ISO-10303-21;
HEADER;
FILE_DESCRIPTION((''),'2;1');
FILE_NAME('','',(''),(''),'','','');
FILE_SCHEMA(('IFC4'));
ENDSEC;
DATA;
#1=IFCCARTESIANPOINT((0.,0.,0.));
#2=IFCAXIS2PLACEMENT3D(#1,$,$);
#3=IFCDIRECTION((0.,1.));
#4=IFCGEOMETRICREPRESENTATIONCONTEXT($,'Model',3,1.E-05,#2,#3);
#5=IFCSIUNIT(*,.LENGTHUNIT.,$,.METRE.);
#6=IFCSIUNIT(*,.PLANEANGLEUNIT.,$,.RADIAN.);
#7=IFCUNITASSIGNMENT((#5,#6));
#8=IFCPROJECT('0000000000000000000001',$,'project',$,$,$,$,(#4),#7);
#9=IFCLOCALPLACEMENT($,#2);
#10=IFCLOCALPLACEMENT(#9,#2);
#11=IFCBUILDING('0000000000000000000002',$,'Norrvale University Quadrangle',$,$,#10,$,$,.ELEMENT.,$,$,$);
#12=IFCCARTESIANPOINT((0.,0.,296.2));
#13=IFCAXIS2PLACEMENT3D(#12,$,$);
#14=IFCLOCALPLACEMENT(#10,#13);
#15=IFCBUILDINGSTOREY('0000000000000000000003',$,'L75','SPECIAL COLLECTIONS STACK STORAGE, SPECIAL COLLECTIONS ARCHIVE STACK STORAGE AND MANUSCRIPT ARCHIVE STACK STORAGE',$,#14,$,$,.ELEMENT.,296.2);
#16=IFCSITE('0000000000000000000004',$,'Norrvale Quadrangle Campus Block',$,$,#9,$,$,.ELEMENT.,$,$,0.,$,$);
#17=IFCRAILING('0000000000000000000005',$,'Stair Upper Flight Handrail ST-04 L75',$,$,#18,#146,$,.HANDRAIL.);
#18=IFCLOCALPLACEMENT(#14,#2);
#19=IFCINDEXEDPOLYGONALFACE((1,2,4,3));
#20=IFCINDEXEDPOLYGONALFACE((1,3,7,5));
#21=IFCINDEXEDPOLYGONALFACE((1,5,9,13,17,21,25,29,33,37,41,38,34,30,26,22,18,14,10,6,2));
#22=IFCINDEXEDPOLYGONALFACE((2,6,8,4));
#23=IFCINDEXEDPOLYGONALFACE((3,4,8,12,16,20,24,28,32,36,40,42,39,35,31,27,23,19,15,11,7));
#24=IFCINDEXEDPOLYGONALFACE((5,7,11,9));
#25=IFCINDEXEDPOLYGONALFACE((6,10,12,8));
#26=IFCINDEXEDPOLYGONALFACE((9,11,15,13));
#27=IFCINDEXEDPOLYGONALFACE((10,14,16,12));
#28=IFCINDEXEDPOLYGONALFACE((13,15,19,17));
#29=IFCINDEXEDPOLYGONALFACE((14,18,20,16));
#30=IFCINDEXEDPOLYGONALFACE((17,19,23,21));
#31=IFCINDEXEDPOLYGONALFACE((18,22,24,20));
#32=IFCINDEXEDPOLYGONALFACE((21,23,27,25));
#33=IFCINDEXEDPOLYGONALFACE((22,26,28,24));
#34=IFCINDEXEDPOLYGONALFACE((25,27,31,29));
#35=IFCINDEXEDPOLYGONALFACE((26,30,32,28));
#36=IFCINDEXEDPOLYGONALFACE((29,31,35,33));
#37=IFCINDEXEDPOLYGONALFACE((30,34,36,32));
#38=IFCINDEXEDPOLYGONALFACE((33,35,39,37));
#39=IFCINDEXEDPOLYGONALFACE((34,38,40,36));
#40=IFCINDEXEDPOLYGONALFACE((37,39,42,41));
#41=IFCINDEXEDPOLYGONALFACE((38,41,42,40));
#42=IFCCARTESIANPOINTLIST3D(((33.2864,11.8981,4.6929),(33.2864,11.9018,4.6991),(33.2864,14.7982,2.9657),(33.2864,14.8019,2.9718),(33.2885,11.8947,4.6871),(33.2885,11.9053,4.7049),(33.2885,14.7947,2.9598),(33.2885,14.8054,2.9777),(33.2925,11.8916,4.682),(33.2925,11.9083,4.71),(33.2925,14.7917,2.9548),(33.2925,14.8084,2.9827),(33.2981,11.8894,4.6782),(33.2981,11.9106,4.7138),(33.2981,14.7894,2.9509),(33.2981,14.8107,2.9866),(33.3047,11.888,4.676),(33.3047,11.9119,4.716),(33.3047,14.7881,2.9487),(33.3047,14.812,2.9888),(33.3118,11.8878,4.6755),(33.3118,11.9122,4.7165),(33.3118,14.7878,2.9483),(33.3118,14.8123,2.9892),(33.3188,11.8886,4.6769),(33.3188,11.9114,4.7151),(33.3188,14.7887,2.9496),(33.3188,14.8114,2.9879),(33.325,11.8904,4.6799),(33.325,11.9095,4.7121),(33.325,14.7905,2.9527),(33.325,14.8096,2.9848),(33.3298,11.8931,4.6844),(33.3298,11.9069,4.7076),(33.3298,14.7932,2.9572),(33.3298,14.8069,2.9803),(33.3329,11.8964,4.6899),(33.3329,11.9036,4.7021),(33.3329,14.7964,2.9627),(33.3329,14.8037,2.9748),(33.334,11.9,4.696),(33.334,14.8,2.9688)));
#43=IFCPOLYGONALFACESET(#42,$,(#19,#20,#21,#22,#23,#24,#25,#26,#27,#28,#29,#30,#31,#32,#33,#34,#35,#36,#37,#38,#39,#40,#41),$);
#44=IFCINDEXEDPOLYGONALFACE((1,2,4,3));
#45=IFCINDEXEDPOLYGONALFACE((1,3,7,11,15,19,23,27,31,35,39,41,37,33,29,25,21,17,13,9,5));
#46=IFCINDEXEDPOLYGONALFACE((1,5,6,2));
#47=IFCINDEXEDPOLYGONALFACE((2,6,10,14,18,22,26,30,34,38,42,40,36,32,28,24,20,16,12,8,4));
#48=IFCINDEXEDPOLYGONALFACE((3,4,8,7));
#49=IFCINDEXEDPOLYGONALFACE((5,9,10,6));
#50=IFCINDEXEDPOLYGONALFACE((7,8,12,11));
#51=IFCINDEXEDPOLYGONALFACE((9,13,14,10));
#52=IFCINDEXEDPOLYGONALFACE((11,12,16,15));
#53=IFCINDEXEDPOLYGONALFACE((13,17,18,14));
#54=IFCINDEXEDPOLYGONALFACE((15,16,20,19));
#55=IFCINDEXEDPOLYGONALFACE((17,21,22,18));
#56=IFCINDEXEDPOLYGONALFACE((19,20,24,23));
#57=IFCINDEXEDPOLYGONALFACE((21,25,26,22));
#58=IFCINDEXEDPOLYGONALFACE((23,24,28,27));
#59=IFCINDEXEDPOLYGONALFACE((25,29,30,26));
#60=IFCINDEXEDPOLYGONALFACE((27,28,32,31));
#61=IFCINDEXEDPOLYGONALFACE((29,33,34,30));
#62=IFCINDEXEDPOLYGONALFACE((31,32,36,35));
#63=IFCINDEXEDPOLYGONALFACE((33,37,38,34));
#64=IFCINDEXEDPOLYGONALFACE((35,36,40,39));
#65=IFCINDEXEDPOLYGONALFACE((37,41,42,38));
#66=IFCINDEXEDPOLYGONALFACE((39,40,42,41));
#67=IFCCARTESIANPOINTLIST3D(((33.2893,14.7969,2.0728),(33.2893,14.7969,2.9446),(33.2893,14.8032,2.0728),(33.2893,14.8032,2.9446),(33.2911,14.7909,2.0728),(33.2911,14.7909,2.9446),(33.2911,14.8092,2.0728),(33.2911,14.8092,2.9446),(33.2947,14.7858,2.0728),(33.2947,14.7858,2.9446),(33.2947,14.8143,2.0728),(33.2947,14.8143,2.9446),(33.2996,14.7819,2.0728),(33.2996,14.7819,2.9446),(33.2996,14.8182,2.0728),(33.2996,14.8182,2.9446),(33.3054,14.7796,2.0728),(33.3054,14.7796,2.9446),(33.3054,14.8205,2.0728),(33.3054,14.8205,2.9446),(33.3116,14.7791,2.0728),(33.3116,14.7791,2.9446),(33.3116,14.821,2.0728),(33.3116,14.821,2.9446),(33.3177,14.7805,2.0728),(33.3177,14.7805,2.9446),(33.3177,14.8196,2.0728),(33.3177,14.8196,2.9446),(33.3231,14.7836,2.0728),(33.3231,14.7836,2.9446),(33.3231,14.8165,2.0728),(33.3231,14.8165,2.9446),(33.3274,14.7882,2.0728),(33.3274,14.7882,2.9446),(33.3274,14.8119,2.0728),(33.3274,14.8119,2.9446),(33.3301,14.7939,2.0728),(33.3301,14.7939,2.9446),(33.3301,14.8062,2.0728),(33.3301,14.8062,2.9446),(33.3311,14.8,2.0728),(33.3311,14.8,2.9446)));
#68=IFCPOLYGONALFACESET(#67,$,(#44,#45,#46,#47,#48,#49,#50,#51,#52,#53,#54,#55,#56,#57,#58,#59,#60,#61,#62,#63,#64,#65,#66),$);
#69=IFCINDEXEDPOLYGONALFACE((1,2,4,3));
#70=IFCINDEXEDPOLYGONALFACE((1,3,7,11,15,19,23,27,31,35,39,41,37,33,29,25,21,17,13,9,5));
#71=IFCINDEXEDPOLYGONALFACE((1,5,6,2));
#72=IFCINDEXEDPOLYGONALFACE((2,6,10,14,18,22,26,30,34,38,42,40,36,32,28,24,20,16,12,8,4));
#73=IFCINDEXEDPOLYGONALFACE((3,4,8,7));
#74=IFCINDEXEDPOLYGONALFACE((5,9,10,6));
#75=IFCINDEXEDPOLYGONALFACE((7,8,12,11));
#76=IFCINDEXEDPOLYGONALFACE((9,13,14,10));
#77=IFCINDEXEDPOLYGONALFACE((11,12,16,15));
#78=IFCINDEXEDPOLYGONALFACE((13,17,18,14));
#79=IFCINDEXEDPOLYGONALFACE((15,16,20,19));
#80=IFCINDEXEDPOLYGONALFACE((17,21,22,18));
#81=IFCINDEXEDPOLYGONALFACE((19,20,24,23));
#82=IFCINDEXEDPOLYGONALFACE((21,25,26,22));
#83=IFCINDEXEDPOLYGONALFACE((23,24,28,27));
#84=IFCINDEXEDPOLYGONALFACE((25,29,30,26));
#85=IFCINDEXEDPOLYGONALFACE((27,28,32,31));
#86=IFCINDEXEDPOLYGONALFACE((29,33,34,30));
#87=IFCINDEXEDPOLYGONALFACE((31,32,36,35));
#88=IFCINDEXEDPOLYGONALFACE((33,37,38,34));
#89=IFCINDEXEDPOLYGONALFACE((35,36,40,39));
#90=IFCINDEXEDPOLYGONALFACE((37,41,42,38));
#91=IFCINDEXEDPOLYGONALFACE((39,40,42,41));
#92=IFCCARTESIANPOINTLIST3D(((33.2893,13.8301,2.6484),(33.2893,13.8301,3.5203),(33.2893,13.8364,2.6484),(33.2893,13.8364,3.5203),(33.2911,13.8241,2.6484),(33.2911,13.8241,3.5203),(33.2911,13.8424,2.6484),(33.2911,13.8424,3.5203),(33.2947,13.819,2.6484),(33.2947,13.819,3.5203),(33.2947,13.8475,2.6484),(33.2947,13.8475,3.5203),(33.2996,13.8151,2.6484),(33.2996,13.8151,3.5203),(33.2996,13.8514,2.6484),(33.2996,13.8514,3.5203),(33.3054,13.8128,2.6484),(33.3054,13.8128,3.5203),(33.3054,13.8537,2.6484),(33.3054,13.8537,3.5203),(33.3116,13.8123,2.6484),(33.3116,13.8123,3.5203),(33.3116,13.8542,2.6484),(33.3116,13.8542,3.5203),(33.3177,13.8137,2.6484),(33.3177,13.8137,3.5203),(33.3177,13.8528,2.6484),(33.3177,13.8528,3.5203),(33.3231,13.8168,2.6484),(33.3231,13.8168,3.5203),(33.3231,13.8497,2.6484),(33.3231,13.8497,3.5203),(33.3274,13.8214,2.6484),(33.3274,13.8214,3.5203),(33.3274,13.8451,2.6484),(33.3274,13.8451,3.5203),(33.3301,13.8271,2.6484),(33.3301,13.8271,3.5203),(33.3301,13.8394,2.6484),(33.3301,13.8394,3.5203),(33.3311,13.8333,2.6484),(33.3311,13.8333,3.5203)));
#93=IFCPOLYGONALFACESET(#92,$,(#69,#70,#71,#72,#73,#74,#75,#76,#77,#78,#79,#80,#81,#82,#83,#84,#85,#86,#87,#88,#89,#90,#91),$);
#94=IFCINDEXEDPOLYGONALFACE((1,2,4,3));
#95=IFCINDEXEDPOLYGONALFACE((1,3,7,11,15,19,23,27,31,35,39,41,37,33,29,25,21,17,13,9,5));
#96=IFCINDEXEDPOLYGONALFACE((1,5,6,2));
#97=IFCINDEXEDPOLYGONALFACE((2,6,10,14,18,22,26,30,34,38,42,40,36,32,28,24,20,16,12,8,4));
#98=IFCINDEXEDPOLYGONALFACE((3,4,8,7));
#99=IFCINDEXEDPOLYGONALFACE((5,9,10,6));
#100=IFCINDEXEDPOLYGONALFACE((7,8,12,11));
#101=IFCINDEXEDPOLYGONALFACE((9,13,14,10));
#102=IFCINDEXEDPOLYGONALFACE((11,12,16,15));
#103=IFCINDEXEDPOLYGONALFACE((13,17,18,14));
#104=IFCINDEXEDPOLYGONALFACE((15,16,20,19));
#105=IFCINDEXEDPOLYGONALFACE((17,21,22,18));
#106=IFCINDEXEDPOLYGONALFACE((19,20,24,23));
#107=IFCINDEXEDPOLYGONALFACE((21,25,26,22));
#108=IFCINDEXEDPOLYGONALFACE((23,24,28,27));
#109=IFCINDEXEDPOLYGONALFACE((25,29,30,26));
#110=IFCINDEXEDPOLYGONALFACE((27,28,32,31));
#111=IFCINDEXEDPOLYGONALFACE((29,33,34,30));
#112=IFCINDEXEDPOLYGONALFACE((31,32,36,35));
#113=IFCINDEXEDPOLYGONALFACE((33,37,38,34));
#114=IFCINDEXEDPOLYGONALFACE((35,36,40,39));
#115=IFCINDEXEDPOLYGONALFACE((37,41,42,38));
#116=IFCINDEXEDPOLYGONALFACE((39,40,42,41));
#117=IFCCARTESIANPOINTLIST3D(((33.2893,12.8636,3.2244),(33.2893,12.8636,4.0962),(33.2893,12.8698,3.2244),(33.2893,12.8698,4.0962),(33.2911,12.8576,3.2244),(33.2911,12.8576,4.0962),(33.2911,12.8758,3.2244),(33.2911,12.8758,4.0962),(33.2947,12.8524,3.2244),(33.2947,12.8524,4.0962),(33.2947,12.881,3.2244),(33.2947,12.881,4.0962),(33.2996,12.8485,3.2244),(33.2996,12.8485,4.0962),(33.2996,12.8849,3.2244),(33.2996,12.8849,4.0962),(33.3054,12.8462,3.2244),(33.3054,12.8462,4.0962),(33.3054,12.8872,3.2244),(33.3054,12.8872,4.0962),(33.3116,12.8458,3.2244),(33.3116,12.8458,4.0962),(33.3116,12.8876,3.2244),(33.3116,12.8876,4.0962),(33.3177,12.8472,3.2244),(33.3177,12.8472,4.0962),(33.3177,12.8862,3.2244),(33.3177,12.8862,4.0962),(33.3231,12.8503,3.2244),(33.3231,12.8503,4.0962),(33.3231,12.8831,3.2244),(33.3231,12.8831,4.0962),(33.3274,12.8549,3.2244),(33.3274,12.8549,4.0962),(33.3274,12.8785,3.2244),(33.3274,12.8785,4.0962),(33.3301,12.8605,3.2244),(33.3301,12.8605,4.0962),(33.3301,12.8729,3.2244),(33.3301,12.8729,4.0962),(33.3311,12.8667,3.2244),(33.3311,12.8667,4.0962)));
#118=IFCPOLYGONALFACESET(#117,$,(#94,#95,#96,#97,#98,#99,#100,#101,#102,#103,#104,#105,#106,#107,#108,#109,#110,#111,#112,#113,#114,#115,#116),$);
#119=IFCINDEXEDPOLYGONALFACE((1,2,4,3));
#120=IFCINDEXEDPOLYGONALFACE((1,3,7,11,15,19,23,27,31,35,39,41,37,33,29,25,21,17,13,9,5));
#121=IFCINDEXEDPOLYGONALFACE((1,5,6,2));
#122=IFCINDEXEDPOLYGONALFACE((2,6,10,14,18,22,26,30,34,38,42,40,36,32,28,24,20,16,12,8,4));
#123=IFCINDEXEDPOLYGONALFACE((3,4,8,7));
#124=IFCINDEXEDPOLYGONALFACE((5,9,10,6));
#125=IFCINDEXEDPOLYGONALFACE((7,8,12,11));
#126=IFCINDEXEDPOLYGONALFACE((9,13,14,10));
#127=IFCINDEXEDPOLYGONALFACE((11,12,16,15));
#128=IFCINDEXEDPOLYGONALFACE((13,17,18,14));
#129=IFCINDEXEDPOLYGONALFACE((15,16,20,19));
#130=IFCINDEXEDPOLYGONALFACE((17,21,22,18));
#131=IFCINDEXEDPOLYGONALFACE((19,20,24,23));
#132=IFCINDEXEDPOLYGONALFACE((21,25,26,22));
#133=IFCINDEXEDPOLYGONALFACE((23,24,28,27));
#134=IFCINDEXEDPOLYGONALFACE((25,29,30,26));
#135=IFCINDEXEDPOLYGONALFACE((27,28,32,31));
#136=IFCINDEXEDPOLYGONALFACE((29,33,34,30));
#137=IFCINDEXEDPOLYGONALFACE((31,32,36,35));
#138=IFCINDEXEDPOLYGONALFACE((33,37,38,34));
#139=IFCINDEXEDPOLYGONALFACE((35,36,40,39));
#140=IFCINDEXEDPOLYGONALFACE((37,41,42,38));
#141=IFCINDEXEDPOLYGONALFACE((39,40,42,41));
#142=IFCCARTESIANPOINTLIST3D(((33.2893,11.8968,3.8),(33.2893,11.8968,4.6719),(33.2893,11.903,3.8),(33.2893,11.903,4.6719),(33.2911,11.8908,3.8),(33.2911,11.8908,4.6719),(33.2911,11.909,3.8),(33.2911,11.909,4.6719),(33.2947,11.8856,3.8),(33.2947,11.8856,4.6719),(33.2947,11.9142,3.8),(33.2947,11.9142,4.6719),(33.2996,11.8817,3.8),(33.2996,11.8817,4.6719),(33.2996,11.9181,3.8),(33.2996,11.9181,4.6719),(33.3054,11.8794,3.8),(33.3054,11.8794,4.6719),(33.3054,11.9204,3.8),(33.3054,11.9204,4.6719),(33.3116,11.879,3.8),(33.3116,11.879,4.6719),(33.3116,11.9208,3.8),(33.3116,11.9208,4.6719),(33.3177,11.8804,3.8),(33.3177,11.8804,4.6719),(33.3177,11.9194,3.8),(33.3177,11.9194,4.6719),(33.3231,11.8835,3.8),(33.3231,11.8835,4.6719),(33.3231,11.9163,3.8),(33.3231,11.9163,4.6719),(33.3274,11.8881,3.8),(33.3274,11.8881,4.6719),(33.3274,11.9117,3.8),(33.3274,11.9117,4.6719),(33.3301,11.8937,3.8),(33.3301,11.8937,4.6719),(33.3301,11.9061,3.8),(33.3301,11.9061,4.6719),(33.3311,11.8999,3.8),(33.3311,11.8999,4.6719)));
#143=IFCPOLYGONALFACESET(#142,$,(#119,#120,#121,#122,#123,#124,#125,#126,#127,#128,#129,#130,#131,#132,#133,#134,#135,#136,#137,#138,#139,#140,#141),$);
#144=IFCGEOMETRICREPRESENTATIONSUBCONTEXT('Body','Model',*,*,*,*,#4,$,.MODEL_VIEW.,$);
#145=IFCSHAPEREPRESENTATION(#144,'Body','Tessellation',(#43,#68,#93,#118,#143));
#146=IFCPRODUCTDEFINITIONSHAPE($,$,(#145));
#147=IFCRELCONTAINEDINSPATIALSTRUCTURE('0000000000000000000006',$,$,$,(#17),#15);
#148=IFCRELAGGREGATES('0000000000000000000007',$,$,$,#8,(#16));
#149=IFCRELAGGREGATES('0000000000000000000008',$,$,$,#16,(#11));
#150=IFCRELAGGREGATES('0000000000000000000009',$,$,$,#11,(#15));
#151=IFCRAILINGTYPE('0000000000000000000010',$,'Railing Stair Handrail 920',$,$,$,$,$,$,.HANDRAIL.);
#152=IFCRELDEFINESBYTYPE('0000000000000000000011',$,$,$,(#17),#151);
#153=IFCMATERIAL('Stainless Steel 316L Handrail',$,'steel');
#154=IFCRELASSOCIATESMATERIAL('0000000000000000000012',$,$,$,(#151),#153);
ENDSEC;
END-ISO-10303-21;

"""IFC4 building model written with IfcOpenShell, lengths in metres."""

from ifc_helpers import new_model, si_unit, direction, frame, origin, origin_2d, place, context, subcontext, project, spatial, circle, extrude, material, type_object, element, save


model = new_model("IFC4")

# Units and contexts
model_context = context("Model", 3, precision=1e-05, world=origin(), true_north=direction((0.0, 1.0)))
body_context = subcontext(model_context, "Body", "Model", "MODEL_VIEW")
ifc_project = project(units=[si_unit("LENGTHUNIT", "METRE"), si_unit("PLANEANGLEUNIT", "RADIAN")], contexts=[model_context])

# Site, building, storey
site_placement = place(None, origin())
site = spatial("IfcSite", under=ifc_project, at=site_placement, Name="Norrvale Quadrangle Campus Block", CompositionType="ELEMENT", RefElevation=0.0)
building_placement = place(site_placement, origin())
building = spatial("IfcBuilding", under=site, at=building_placement, Name="Norrvale University Quadrangle", CompositionType="ELEMENT")
storey_placement = place(building_placement, frame((0.0, 0.0, 296.2)))
storey = spatial("IfcBuildingStorey", under=building, at=storey_placement, Name="L75", Description="SPECIAL COLLECTIONS STACK STORAGE, SPECIAL COLLECTIONS ARCHIVE STACK STORAGE AND MANUSCRIPT ARCHIVE STACK STORAGE", CompositionType="ELEMENT", Elevation=296.2)

# Railing
ifc_material_1 = material(Name="Stainless Steel 316L Handrail", Category="steel")
railing_type = type_object("IfcRailingType", Name="Railing Stair Handrail 920", PredefinedType="HANDRAIL", material=ifc_material_1)
railing_placement = place(storey_placement, frame((33.3101, 14.8, 2.0728)))
element("IfcRailing", 1, at=railing_placement, inside=storey, type_object=railing_type, Name="Stair Upper Flight Handrail ST-04 L75", PredefinedType="HANDRAIL", context=body_context, shape_type="SweptSolid", body=[
    extrude(circle(Radius=0.0239, at=origin_2d()), frame((0.0, 0.0, 0.896), z_axis=(0.0, -0.85916, 0.511706), x_axis=(1.0, 0.0, 0.0)), (0.0, 0.0, 1.0), 3.3755),
    extrude(circle(Radius=0.021, at=origin_2d()), origin(), (0.0, 0.0, 1.0), 0.8718),
    extrude(circle(Radius=0.021, at=origin_2d()), frame((0.0, -0.9668, 0.5757)), (0.0, 0.0, 1.0), 0.8718),
    extrude(circle(Radius=0.021, at=origin_2d()), frame((0.0, -1.9333, 1.1516)), (0.0, 0.0, 1.0), 0.8718),
    extrude(circle(Radius=0.021, at=origin_2d()), frame((0.0, -2.9001, 1.7273)), (0.0, 0.0, 1.0), 0.8718),
])

save(model, "model.ifc")
